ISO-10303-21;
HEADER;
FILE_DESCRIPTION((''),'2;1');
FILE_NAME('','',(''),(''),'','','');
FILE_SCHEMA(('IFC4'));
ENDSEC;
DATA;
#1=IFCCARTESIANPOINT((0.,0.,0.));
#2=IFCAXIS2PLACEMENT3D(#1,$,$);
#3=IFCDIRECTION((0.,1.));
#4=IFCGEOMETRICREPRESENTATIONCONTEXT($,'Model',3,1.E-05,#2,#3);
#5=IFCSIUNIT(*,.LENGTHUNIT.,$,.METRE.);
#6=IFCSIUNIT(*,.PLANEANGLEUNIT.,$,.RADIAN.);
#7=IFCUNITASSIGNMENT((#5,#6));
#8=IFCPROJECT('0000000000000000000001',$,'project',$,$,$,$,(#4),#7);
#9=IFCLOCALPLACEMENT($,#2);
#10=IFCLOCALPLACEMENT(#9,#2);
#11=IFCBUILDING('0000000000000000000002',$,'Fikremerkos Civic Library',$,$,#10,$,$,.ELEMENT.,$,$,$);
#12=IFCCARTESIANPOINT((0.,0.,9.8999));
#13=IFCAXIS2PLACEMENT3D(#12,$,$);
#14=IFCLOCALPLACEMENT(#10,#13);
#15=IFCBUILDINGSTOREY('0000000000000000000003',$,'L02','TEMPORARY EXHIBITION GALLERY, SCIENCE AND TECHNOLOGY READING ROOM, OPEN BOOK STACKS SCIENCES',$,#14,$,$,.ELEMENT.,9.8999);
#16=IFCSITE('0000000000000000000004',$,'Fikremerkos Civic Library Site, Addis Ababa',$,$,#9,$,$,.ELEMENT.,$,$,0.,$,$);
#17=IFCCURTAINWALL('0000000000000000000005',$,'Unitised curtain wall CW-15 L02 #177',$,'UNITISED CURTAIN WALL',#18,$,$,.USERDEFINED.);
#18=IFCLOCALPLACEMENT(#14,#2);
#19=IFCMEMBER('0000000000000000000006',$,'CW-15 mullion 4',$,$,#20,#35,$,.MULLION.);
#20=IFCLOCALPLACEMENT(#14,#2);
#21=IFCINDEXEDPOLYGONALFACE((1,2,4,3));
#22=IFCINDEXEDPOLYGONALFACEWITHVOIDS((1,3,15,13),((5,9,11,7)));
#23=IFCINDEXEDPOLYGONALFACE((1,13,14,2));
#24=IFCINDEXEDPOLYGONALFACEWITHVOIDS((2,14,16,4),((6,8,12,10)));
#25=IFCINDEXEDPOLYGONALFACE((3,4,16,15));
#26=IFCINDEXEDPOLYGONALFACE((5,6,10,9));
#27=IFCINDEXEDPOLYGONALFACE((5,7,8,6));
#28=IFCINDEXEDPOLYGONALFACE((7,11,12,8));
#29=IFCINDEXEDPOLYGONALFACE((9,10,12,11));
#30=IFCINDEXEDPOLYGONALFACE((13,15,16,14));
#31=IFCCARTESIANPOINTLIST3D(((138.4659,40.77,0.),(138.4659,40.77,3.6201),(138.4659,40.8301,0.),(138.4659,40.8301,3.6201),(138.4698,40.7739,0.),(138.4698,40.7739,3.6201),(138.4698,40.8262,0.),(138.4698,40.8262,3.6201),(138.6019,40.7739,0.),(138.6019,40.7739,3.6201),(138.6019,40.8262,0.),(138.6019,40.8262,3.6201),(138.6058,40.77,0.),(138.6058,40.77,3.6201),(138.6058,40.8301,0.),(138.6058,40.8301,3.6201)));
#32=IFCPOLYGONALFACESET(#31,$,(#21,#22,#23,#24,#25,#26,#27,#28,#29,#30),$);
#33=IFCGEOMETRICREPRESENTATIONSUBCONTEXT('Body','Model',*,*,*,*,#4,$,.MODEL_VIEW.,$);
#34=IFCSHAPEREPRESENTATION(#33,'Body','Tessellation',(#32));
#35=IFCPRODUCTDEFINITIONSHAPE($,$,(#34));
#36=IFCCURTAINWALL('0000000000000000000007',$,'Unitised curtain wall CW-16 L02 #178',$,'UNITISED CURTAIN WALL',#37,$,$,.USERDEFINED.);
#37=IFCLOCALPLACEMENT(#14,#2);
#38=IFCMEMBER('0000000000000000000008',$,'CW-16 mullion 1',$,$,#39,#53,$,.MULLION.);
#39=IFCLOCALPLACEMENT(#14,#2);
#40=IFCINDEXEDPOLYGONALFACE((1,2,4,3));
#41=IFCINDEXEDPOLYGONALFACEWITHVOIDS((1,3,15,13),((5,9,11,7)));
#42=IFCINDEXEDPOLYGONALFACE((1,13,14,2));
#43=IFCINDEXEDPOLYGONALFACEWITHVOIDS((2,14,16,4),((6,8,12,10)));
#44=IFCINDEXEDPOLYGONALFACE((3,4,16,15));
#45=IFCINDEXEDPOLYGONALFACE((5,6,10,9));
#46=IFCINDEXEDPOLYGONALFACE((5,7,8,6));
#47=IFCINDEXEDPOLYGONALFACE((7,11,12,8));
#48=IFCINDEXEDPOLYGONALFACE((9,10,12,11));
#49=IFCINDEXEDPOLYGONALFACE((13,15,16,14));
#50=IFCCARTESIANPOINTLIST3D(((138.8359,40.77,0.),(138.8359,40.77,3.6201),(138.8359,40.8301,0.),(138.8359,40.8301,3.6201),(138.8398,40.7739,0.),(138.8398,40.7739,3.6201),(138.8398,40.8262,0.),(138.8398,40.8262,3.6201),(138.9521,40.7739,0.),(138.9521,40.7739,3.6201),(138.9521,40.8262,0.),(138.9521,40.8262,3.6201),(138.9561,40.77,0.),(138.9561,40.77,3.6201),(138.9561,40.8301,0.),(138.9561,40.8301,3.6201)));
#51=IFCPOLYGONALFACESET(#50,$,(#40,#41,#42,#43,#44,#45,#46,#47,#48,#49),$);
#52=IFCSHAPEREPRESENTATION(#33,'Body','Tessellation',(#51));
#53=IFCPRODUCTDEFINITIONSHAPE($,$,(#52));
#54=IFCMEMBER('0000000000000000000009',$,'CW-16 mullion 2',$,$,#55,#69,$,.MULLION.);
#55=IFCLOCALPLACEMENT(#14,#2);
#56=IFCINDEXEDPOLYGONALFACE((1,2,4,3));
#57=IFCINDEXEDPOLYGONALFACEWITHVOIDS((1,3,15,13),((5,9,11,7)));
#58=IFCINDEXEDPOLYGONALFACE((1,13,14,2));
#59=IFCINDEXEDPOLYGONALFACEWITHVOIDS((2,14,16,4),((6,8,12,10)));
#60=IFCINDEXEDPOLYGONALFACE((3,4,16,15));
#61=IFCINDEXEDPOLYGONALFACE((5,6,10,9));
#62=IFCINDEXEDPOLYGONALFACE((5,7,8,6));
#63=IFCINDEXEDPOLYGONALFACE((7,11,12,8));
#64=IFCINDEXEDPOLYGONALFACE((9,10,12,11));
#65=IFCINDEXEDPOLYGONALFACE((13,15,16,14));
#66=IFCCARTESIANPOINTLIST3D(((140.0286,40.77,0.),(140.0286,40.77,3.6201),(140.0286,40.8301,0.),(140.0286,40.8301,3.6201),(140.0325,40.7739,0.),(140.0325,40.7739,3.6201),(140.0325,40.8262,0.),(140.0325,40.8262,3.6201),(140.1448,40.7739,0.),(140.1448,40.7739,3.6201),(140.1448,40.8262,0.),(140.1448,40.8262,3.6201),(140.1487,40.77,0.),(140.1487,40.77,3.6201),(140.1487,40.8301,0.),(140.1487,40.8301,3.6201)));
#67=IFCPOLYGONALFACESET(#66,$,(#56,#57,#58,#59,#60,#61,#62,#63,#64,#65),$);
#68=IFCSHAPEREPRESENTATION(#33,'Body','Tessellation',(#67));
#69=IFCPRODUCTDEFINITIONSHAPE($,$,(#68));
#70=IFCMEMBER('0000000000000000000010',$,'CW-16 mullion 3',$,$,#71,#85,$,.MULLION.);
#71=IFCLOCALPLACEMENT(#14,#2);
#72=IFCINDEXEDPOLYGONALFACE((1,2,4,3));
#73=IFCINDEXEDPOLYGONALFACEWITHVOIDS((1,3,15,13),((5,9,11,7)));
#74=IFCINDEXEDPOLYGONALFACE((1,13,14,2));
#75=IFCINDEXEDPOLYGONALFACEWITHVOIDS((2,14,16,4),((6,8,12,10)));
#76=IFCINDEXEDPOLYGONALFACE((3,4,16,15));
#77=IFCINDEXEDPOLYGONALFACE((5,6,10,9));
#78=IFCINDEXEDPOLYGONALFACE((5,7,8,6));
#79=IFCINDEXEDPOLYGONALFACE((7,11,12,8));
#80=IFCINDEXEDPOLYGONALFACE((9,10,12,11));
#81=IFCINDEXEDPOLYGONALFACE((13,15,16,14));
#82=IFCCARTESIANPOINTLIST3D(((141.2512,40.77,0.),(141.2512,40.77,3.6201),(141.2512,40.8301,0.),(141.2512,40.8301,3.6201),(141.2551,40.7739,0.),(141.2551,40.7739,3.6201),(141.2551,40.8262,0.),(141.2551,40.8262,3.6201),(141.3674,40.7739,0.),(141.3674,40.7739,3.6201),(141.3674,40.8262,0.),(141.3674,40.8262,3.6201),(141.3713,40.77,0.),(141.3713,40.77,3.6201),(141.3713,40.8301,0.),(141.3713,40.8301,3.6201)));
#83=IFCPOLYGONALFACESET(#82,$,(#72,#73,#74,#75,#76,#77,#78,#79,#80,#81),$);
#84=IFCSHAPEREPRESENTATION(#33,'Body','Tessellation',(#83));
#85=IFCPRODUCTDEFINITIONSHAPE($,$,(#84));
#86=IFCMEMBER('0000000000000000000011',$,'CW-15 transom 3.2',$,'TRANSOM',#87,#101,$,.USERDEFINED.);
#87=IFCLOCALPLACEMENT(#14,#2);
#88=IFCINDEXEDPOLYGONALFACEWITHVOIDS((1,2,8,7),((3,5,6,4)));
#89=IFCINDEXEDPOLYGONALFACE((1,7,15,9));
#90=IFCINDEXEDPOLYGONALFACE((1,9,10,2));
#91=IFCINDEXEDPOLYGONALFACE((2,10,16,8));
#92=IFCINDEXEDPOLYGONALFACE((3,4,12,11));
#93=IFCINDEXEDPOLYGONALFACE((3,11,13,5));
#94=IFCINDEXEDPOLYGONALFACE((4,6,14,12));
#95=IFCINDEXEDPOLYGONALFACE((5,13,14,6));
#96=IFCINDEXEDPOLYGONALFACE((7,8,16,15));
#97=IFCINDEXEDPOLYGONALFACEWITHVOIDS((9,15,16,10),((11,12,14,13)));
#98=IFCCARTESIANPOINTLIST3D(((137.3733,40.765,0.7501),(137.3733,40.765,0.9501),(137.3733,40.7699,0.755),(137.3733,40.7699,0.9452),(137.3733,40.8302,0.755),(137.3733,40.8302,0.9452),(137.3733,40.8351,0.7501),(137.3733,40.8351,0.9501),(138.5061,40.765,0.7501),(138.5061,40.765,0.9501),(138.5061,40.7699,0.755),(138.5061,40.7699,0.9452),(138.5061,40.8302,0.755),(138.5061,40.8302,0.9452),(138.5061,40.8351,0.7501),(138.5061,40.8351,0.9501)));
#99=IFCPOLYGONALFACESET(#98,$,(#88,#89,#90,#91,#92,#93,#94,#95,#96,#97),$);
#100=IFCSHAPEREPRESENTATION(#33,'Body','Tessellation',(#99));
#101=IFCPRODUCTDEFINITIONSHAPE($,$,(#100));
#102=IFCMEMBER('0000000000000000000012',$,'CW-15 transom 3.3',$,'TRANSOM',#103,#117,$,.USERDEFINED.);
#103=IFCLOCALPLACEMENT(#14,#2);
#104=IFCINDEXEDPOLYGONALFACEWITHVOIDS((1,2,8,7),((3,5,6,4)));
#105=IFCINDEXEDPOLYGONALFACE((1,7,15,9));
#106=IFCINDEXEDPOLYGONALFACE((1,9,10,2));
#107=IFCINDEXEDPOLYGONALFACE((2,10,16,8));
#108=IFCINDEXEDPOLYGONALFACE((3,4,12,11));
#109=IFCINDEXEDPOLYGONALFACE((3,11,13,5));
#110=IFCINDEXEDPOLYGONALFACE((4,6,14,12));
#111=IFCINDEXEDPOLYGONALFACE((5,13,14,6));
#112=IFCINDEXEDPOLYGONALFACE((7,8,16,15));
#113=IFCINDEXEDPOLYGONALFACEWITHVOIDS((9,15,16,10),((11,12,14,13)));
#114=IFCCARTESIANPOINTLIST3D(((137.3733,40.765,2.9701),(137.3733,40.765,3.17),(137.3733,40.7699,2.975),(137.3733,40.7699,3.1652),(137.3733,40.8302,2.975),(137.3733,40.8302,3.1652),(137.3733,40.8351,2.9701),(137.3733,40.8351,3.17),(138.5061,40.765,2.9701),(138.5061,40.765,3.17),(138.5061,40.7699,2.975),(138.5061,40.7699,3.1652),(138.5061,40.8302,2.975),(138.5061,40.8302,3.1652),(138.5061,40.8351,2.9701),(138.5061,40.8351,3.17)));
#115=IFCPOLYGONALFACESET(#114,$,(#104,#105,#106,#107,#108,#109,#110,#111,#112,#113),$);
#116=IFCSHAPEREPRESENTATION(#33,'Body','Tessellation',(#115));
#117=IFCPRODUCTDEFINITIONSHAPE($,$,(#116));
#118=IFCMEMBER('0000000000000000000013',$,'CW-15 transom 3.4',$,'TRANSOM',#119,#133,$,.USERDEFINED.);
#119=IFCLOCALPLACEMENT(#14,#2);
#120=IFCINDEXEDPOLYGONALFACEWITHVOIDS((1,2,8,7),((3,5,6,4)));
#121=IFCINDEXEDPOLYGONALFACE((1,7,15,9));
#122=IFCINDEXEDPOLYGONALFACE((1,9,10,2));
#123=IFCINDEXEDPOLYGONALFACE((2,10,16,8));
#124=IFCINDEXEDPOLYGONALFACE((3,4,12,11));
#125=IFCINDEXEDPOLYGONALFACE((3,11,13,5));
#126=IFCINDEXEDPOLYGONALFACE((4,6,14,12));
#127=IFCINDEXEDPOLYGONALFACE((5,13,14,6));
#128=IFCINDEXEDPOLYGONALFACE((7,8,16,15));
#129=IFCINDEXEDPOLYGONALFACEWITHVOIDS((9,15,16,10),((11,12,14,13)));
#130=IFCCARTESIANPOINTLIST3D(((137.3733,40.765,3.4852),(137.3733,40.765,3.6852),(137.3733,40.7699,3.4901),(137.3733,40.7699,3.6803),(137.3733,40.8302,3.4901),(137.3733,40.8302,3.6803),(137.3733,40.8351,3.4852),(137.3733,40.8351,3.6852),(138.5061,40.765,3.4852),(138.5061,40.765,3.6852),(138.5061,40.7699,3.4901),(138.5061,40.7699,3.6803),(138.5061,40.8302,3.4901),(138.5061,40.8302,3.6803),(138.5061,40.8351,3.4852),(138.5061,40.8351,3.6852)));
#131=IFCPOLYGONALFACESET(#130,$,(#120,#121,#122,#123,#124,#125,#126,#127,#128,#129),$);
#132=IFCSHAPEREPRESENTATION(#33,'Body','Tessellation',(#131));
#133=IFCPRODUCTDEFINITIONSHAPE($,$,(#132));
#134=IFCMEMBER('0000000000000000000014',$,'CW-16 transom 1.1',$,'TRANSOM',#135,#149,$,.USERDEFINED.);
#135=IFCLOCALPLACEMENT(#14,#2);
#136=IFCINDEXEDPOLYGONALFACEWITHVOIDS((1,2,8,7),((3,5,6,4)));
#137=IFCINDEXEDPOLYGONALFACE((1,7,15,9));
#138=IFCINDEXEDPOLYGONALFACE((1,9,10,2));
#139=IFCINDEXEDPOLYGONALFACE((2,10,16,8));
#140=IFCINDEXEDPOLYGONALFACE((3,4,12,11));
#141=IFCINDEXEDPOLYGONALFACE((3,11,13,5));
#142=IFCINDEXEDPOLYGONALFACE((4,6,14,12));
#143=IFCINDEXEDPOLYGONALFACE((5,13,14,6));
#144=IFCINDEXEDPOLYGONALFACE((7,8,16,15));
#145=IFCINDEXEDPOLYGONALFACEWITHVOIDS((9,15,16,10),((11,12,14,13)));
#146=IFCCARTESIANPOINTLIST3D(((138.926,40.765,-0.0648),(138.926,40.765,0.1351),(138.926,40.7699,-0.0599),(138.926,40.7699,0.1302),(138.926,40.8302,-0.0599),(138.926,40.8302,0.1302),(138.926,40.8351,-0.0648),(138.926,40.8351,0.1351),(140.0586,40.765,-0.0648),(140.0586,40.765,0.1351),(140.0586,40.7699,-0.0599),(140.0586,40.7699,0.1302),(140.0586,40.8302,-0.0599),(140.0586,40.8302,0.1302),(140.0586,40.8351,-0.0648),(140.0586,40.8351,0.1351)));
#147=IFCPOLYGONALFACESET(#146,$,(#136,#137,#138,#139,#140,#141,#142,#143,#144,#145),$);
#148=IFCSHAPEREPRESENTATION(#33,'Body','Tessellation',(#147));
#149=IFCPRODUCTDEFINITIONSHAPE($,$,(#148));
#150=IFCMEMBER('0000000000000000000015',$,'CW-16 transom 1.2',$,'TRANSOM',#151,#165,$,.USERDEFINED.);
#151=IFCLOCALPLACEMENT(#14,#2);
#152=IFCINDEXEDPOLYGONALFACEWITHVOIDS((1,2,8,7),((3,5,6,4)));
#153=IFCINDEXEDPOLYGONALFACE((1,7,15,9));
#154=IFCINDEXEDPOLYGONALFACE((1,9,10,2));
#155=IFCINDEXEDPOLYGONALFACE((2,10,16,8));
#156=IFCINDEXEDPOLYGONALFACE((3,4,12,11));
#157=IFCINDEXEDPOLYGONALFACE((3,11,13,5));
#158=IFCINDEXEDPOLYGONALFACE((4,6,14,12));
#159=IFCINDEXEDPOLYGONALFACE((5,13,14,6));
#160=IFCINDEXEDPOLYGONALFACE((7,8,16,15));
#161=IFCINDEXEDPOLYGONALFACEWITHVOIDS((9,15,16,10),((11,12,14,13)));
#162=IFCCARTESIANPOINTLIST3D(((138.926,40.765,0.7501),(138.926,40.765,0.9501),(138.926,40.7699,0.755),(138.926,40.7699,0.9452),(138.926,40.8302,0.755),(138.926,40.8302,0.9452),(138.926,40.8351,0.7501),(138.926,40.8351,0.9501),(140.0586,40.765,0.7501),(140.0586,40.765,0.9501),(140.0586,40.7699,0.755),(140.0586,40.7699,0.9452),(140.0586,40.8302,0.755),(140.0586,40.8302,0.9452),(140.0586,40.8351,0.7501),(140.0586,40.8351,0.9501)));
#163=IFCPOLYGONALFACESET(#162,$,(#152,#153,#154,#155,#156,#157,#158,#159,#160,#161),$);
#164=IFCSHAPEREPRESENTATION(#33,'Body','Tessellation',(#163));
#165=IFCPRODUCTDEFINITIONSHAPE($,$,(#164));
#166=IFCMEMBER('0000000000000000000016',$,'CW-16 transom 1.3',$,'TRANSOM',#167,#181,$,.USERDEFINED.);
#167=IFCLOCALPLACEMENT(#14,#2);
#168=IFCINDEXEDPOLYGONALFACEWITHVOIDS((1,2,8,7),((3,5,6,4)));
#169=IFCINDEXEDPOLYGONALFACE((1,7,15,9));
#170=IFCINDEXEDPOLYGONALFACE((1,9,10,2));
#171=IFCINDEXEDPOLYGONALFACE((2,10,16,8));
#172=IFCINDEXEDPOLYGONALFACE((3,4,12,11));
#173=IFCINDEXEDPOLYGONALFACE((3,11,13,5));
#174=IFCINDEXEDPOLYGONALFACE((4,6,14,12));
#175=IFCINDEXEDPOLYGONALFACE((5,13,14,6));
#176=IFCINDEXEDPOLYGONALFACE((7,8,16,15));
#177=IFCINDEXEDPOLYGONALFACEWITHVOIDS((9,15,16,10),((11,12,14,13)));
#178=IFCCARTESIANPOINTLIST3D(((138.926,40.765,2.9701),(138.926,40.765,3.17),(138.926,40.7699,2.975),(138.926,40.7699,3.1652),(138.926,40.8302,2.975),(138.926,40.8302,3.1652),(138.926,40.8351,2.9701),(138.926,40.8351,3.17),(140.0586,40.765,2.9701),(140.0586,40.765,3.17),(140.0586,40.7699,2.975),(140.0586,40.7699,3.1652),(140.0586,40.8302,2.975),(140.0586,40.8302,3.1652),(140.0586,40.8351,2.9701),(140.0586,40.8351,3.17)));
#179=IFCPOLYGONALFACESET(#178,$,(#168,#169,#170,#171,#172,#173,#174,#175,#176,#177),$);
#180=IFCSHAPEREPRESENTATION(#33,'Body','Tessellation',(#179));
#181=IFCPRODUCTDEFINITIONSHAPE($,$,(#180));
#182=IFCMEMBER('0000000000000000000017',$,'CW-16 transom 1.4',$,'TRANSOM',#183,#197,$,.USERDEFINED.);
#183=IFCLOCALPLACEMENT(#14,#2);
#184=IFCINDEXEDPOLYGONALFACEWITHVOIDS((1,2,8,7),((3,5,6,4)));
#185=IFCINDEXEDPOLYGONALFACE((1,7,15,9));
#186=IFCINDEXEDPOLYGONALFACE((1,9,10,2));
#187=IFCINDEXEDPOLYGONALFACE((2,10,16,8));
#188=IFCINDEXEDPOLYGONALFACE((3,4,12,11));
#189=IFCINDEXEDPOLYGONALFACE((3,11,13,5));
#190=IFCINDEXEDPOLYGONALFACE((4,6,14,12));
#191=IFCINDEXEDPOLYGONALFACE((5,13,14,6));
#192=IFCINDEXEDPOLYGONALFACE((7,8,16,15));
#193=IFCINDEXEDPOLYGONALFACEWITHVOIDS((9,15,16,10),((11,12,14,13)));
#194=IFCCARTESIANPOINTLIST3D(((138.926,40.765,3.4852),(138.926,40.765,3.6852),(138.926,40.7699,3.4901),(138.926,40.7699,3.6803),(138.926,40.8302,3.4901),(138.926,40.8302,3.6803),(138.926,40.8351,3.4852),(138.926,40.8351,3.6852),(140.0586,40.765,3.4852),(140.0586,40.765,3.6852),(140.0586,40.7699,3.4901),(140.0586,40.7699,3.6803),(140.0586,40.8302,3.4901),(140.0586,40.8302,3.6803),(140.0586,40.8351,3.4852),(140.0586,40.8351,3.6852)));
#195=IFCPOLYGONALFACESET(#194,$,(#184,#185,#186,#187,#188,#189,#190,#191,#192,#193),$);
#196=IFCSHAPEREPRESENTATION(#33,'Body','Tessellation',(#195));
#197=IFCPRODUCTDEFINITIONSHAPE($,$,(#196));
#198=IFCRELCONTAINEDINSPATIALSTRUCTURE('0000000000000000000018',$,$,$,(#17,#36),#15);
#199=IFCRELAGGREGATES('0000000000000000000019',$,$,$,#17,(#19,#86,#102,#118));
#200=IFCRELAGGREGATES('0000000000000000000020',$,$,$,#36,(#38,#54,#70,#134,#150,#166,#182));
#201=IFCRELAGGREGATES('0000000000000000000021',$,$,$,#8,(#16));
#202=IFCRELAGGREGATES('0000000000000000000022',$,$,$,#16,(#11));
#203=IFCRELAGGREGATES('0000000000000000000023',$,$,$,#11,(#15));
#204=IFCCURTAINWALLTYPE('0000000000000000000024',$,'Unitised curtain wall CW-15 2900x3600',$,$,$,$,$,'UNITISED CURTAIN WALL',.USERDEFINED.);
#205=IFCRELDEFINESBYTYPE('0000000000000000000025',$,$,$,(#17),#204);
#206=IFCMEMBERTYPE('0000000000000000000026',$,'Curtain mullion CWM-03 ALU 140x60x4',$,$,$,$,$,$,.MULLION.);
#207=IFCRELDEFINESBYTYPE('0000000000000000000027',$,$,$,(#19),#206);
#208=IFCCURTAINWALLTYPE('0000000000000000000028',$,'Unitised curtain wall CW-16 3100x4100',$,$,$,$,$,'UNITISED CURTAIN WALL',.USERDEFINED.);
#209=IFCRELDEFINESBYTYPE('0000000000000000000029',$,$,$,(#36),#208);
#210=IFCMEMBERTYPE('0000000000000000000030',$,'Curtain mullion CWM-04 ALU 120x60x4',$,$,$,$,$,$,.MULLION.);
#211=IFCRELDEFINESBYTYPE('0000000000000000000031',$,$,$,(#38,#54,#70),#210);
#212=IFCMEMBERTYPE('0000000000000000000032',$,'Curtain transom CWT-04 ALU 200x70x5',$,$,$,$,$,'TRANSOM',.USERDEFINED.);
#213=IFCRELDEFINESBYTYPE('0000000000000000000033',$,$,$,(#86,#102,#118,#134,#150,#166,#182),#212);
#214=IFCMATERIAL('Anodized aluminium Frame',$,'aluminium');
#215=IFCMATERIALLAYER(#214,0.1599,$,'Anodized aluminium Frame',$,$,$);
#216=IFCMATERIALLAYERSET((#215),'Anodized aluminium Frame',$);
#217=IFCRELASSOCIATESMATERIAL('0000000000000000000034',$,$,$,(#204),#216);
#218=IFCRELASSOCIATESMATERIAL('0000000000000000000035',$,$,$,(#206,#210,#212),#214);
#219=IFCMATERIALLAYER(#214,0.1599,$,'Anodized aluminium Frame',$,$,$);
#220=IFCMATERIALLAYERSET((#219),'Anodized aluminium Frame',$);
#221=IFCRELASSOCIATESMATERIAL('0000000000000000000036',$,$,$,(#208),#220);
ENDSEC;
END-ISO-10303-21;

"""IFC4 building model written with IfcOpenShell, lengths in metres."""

from ifc_helpers import new_model, si_unit, direction, frame, origin, origin_2d, place, context, subcontext, project, spatial, hollow_rectangle, extrude, material, layer, layer_set, material_profile, profile_set, type_object, element, aggregate, save


model = new_model("IFC4")

# Units and contexts
model_context = context("Model", 3, precision=1e-05, world=origin(), true_north=direction((0.0, 1.0)))
body_context = subcontext(model_context, "Body", "Model", "MODEL_VIEW")
ifc_project = project(units=[si_unit("LENGTHUNIT", "METRE"), si_unit("PLANEANGLEUNIT", "RADIAN")], contexts=[model_context])

# Site, building, storey
site_placement = place(None, origin())
site = spatial("IfcSite", under=ifc_project, at=site_placement, Name="Fikremerkos Civic Library Site, Addis Ababa", CompositionType="ELEMENT", RefElevation=0.0)
building_placement = place(site_placement, origin())
building = spatial("IfcBuilding", under=site, at=building_placement, Name="Fikremerkos Civic Library", CompositionType="ELEMENT")
storey_placement = place(building_placement, frame((0.0, 0.0, 9.8999)))
storey = spatial("IfcBuildingStorey", under=building, at=storey_placement, Name="L02", Description="TEMPORARY EXHIBITION GALLERY, SCIENCE AND TECHNOLOGY READING ROOM, OPEN BOOK STACKS SCIENCES", CompositionType="ELEMENT", Elevation=9.8999)

# Curtain wall, member
ifc_material_1 = material(Name="Anodized aluminium Frame", Category="aluminium")
ifc_layer_1 = layer(ifc_material_1, 0.1599, Name="Anodized aluminium Frame")
ifc_layer_set_1 = layer_set([ifc_layer_1], Name="Anodized aluminium Frame")
curtain_wall_type_1 = type_object("IfcCurtainWallType", Name="Unitised curtain wall CW-15 2900x3600", ElementType="UNITISED CURTAIN WALL", PredefinedType="USERDEFINED", material=ifc_layer_set_1)
curtain_wall_1_placement = place(storey_placement, origin())
curtain_wall_1 = element("IfcCurtainWall", 1, at=curtain_wall_1_placement, inside=storey, type_object=curtain_wall_type_1, Name="Unitised curtain wall CW-15 L02 #177", ObjectType="UNITISED CURTAIN WALL", PredefinedType="USERDEFINED")
ifc_material_profile_1 = material_profile(ifc_material_1, hollow_rectangle(XDim=0.0601, YDim=0.1399, WallThickness=0.0039, at=origin_2d()), Name="ALU 140x60x4")
ifc_profile_set_1 = profile_set([ifc_material_profile_1], Name="Anodized aluminium Frame")
member_type_1 = type_object("IfcMemberType", Name="Curtain mullion CWM-03 ALU 140x60x4", PredefinedType="MULLION", material=ifc_profile_set_1)
member_1_placement = place(storey_placement, frame((138.5359, 40.8, 0.0), z_axis=(0.0, 0.0, 1.0), x_axis=(0.0, 1.0, 0.0)))
member_1 = element("IfcMember", 2, at=member_1_placement, type_object=member_type_1, Name="CW-15 mullion 4", PredefinedType="MULLION", context=body_context, shape_type="SweptSolid", body=[
    extrude(hollow_rectangle(XDim=0.0601, YDim=0.1399, WallThickness=0.0039, at=origin_2d()), origin(), (0.0, 0.0, 1.0), 3.6201),
])

# Curtain wall, members
ifc_layer_2 = layer(ifc_material_1, 0.1599, Name="Anodized aluminium Frame")
ifc_layer_set_2 = layer_set([ifc_layer_2], Name="Anodized aluminium Frame")
curtain_wall_type_2 = type_object("IfcCurtainWallType", Name="Unitised curtain wall CW-16 3100x4100", ElementType="UNITISED CURTAIN WALL", PredefinedType="USERDEFINED", material=ifc_layer_set_2)
curtain_wall_2_placement = place(storey_placement, origin())
curtain_wall_2 = element("IfcCurtainWall", 3, at=curtain_wall_2_placement, inside=storey, type_object=curtain_wall_type_2, Name="Unitised curtain wall CW-16 L02 #178", ObjectType="UNITISED CURTAIN WALL", PredefinedType="USERDEFINED")
ifc_material_profile_2 = material_profile(ifc_material_1, hollow_rectangle(XDim=0.0601, YDim=0.1201, WallThickness=0.0039, at=origin_2d()), Name="ALU 120x60x4")
ifc_profile_set_2 = profile_set([ifc_material_profile_2], Name="Anodized aluminium Frame")
member_type_2 = type_object("IfcMemberType", Name="Curtain mullion CWM-04 ALU 120x60x4", PredefinedType="MULLION", material=ifc_profile_set_2)
member_2_placement = place(storey_placement, frame((138.896, 40.8, 0.0), z_axis=(0.0, 0.0, 1.0), x_axis=(0.0, 1.0, 0.0)))
member_2 = element("IfcMember", 4, at=member_2_placement, type_object=member_type_2, Name="CW-16 mullion 1", PredefinedType="MULLION", context=body_context, shape_type="SweptSolid", body=[
    extrude(hollow_rectangle(XDim=0.0601, YDim=0.1201, WallThickness=0.0039, at=origin_2d()), origin(), (0.0, 0.0, 1.0), 3.6201),
])
member_3_placement = place(storey_placement, frame((140.0886, 40.8, 0.0), z_axis=(0.0, 0.0, 1.0), x_axis=(0.0, 1.0, 0.0)))
member_3 = element("IfcMember", 5, at=member_3_placement, type_object=member_type_2, Name="CW-16 mullion 2", PredefinedType="MULLION", context=body_context, shape_type="SweptSolid", body=[
    extrude(hollow_rectangle(XDim=0.0601, YDim=0.1201, WallThickness=0.0039, at=origin_2d()), origin(), (0.0, 0.0, 1.0), 3.6201),
])
member_4_placement = place(storey_placement, frame((141.3113, 40.8, 0.0), z_axis=(0.0, 0.0, 1.0), x_axis=(0.0, 1.0, 0.0)))
member_4 = element("IfcMember", 6, at=member_4_placement, type_object=member_type_2, Name="CW-16 mullion 3", PredefinedType="MULLION", context=body_context, shape_type="SweptSolid", body=[
    extrude(hollow_rectangle(XDim=0.0601, YDim=0.1201, WallThickness=0.0039, at=origin_2d()), origin(), (0.0, 0.0, 1.0), 3.6201),
])

# Members
ifc_material_profile_3 = material_profile(ifc_material_1, hollow_rectangle(XDim=0.0701, YDim=0.2, WallThickness=0.0049, at=origin_2d()), Name="ALU 200x70x5")
ifc_profile_set_3 = profile_set([ifc_material_profile_3], Name="Anodized aluminium Frame")
member_type_3 = type_object("IfcMemberType", Name="Curtain transom CWT-04 ALU 200x70x5", ElementType="TRANSOM", PredefinedType="USERDEFINED", material=ifc_profile_set_3)
member_5_placement = place(storey_placement, frame((137.3733, 40.8, 0.8501), z_axis=(1.0, 0.0, 0.0), x_axis=(0.0, 1.0, 0.0)))
member_5 = element("IfcMember", 7, at=member_5_placement, type_object=member_type_3, Name="CW-15 transom 3.2", ObjectType="TRANSOM", PredefinedType="USERDEFINED", context=body_context, shape_type="SweptSolid", body=[
    extrude(hollow_rectangle(XDim=0.0701, YDim=0.2, WallThickness=0.0049, at=origin_2d()), origin(), (0.0, 0.0, 1.0), 1.1328),
])
member_6_placement = place(storey_placement, frame((137.3733, 40.8, 3.0701), z_axis=(1.0, 0.0, 0.0), x_axis=(0.0, 1.0, 0.0)))
member_6 = element("IfcMember", 8, at=member_6_placement, type_object=member_type_3, Name="CW-15 transom 3.3", ObjectType="TRANSOM", PredefinedType="USERDEFINED", context=body_context, shape_type="SweptSolid", body=[
    extrude(hollow_rectangle(XDim=0.0701, YDim=0.2, WallThickness=0.0049, at=origin_2d()), origin(), (0.0, 0.0, 1.0), 1.1328),
])
member_7_placement = place(storey_placement, frame((137.3733, 40.8, 3.5852), z_axis=(1.0, 0.0, 0.0), x_axis=(0.0, 1.0, 0.0)))
member_7 = element("IfcMember", 9, at=member_7_placement, type_object=member_type_3, Name="CW-15 transom 3.4", ObjectType="TRANSOM", PredefinedType="USERDEFINED", context=body_context, shape_type="SweptSolid", body=[
    extrude(hollow_rectangle(XDim=0.0701, YDim=0.2, WallThickness=0.0049, at=origin_2d()), origin(), (0.0, 0.0, 1.0), 1.1328),
])
member_8_placement = place(storey_placement, frame((138.926, 40.8, 0.0352), z_axis=(1.0, 0.0, 0.0), x_axis=(0.0, 1.0, 0.0)))
member_8 = element("IfcMember", 10, at=member_8_placement, type_object=member_type_3, Name="CW-16 transom 1.1", ObjectType="TRANSOM", PredefinedType="USERDEFINED", context=body_context, shape_type="SweptSolid", body=[
    extrude(hollow_rectangle(XDim=0.0701, YDim=0.2, WallThickness=0.0049, at=origin_2d()), origin(), (0.0, 0.0, 1.0), 1.1326),
])
member_9_placement = place(storey_placement, frame((138.926, 40.8, 0.8501), z_axis=(1.0, 0.0, 0.0), x_axis=(0.0, 1.0, 0.0)))
member_9 = element("IfcMember", 11, at=member_9_placement, type_object=member_type_3, Name="CW-16 transom 1.2", ObjectType="TRANSOM", PredefinedType="USERDEFINED", context=body_context, shape_type="SweptSolid", body=[
    extrude(hollow_rectangle(XDim=0.0701, YDim=0.2, WallThickness=0.0049, at=origin_2d()), origin(), (0.0, 0.0, 1.0), 1.1326),
])
member_10_placement = place(storey_placement, frame((138.926, 40.8, 3.0701), z_axis=(1.0, 0.0, 0.0), x_axis=(0.0, 1.0, 0.0)))
member_10 = element("IfcMember", 12, at=member_10_placement, type_object=member_type_3, Name="CW-16 transom 1.3", ObjectType="TRANSOM", PredefinedType="USERDEFINED", context=body_context, shape_type="SweptSolid", body=[
    extrude(hollow_rectangle(XDim=0.0701, YDim=0.2, WallThickness=0.0049, at=origin_2d()), origin(), (0.0, 0.0, 1.0), 1.1326),
])
member_11_placement = place(storey_placement, frame((138.926, 40.8, 3.5852), z_axis=(1.0, 0.0, 0.0), x_axis=(0.0, 1.0, 0.0)))
member_11 = element("IfcMember", 13, at=member_11_placement, type_object=member_type_3, Name="CW-16 transom 1.4", ObjectType="TRANSOM", PredefinedType="USERDEFINED", context=body_context, shape_type="SweptSolid", body=[
    extrude(hollow_rectangle(XDim=0.0701, YDim=0.2, WallThickness=0.0049, at=origin_2d()), origin(), (0.0, 0.0, 1.0), 1.1326),
])

aggregate(curtain_wall_1, [member_1, member_5, member_6, member_7])
aggregate(curtain_wall_2, [member_2, member_3, member_4, member_8, member_9, member_10, member_11])

save(model, "model.ifc")
